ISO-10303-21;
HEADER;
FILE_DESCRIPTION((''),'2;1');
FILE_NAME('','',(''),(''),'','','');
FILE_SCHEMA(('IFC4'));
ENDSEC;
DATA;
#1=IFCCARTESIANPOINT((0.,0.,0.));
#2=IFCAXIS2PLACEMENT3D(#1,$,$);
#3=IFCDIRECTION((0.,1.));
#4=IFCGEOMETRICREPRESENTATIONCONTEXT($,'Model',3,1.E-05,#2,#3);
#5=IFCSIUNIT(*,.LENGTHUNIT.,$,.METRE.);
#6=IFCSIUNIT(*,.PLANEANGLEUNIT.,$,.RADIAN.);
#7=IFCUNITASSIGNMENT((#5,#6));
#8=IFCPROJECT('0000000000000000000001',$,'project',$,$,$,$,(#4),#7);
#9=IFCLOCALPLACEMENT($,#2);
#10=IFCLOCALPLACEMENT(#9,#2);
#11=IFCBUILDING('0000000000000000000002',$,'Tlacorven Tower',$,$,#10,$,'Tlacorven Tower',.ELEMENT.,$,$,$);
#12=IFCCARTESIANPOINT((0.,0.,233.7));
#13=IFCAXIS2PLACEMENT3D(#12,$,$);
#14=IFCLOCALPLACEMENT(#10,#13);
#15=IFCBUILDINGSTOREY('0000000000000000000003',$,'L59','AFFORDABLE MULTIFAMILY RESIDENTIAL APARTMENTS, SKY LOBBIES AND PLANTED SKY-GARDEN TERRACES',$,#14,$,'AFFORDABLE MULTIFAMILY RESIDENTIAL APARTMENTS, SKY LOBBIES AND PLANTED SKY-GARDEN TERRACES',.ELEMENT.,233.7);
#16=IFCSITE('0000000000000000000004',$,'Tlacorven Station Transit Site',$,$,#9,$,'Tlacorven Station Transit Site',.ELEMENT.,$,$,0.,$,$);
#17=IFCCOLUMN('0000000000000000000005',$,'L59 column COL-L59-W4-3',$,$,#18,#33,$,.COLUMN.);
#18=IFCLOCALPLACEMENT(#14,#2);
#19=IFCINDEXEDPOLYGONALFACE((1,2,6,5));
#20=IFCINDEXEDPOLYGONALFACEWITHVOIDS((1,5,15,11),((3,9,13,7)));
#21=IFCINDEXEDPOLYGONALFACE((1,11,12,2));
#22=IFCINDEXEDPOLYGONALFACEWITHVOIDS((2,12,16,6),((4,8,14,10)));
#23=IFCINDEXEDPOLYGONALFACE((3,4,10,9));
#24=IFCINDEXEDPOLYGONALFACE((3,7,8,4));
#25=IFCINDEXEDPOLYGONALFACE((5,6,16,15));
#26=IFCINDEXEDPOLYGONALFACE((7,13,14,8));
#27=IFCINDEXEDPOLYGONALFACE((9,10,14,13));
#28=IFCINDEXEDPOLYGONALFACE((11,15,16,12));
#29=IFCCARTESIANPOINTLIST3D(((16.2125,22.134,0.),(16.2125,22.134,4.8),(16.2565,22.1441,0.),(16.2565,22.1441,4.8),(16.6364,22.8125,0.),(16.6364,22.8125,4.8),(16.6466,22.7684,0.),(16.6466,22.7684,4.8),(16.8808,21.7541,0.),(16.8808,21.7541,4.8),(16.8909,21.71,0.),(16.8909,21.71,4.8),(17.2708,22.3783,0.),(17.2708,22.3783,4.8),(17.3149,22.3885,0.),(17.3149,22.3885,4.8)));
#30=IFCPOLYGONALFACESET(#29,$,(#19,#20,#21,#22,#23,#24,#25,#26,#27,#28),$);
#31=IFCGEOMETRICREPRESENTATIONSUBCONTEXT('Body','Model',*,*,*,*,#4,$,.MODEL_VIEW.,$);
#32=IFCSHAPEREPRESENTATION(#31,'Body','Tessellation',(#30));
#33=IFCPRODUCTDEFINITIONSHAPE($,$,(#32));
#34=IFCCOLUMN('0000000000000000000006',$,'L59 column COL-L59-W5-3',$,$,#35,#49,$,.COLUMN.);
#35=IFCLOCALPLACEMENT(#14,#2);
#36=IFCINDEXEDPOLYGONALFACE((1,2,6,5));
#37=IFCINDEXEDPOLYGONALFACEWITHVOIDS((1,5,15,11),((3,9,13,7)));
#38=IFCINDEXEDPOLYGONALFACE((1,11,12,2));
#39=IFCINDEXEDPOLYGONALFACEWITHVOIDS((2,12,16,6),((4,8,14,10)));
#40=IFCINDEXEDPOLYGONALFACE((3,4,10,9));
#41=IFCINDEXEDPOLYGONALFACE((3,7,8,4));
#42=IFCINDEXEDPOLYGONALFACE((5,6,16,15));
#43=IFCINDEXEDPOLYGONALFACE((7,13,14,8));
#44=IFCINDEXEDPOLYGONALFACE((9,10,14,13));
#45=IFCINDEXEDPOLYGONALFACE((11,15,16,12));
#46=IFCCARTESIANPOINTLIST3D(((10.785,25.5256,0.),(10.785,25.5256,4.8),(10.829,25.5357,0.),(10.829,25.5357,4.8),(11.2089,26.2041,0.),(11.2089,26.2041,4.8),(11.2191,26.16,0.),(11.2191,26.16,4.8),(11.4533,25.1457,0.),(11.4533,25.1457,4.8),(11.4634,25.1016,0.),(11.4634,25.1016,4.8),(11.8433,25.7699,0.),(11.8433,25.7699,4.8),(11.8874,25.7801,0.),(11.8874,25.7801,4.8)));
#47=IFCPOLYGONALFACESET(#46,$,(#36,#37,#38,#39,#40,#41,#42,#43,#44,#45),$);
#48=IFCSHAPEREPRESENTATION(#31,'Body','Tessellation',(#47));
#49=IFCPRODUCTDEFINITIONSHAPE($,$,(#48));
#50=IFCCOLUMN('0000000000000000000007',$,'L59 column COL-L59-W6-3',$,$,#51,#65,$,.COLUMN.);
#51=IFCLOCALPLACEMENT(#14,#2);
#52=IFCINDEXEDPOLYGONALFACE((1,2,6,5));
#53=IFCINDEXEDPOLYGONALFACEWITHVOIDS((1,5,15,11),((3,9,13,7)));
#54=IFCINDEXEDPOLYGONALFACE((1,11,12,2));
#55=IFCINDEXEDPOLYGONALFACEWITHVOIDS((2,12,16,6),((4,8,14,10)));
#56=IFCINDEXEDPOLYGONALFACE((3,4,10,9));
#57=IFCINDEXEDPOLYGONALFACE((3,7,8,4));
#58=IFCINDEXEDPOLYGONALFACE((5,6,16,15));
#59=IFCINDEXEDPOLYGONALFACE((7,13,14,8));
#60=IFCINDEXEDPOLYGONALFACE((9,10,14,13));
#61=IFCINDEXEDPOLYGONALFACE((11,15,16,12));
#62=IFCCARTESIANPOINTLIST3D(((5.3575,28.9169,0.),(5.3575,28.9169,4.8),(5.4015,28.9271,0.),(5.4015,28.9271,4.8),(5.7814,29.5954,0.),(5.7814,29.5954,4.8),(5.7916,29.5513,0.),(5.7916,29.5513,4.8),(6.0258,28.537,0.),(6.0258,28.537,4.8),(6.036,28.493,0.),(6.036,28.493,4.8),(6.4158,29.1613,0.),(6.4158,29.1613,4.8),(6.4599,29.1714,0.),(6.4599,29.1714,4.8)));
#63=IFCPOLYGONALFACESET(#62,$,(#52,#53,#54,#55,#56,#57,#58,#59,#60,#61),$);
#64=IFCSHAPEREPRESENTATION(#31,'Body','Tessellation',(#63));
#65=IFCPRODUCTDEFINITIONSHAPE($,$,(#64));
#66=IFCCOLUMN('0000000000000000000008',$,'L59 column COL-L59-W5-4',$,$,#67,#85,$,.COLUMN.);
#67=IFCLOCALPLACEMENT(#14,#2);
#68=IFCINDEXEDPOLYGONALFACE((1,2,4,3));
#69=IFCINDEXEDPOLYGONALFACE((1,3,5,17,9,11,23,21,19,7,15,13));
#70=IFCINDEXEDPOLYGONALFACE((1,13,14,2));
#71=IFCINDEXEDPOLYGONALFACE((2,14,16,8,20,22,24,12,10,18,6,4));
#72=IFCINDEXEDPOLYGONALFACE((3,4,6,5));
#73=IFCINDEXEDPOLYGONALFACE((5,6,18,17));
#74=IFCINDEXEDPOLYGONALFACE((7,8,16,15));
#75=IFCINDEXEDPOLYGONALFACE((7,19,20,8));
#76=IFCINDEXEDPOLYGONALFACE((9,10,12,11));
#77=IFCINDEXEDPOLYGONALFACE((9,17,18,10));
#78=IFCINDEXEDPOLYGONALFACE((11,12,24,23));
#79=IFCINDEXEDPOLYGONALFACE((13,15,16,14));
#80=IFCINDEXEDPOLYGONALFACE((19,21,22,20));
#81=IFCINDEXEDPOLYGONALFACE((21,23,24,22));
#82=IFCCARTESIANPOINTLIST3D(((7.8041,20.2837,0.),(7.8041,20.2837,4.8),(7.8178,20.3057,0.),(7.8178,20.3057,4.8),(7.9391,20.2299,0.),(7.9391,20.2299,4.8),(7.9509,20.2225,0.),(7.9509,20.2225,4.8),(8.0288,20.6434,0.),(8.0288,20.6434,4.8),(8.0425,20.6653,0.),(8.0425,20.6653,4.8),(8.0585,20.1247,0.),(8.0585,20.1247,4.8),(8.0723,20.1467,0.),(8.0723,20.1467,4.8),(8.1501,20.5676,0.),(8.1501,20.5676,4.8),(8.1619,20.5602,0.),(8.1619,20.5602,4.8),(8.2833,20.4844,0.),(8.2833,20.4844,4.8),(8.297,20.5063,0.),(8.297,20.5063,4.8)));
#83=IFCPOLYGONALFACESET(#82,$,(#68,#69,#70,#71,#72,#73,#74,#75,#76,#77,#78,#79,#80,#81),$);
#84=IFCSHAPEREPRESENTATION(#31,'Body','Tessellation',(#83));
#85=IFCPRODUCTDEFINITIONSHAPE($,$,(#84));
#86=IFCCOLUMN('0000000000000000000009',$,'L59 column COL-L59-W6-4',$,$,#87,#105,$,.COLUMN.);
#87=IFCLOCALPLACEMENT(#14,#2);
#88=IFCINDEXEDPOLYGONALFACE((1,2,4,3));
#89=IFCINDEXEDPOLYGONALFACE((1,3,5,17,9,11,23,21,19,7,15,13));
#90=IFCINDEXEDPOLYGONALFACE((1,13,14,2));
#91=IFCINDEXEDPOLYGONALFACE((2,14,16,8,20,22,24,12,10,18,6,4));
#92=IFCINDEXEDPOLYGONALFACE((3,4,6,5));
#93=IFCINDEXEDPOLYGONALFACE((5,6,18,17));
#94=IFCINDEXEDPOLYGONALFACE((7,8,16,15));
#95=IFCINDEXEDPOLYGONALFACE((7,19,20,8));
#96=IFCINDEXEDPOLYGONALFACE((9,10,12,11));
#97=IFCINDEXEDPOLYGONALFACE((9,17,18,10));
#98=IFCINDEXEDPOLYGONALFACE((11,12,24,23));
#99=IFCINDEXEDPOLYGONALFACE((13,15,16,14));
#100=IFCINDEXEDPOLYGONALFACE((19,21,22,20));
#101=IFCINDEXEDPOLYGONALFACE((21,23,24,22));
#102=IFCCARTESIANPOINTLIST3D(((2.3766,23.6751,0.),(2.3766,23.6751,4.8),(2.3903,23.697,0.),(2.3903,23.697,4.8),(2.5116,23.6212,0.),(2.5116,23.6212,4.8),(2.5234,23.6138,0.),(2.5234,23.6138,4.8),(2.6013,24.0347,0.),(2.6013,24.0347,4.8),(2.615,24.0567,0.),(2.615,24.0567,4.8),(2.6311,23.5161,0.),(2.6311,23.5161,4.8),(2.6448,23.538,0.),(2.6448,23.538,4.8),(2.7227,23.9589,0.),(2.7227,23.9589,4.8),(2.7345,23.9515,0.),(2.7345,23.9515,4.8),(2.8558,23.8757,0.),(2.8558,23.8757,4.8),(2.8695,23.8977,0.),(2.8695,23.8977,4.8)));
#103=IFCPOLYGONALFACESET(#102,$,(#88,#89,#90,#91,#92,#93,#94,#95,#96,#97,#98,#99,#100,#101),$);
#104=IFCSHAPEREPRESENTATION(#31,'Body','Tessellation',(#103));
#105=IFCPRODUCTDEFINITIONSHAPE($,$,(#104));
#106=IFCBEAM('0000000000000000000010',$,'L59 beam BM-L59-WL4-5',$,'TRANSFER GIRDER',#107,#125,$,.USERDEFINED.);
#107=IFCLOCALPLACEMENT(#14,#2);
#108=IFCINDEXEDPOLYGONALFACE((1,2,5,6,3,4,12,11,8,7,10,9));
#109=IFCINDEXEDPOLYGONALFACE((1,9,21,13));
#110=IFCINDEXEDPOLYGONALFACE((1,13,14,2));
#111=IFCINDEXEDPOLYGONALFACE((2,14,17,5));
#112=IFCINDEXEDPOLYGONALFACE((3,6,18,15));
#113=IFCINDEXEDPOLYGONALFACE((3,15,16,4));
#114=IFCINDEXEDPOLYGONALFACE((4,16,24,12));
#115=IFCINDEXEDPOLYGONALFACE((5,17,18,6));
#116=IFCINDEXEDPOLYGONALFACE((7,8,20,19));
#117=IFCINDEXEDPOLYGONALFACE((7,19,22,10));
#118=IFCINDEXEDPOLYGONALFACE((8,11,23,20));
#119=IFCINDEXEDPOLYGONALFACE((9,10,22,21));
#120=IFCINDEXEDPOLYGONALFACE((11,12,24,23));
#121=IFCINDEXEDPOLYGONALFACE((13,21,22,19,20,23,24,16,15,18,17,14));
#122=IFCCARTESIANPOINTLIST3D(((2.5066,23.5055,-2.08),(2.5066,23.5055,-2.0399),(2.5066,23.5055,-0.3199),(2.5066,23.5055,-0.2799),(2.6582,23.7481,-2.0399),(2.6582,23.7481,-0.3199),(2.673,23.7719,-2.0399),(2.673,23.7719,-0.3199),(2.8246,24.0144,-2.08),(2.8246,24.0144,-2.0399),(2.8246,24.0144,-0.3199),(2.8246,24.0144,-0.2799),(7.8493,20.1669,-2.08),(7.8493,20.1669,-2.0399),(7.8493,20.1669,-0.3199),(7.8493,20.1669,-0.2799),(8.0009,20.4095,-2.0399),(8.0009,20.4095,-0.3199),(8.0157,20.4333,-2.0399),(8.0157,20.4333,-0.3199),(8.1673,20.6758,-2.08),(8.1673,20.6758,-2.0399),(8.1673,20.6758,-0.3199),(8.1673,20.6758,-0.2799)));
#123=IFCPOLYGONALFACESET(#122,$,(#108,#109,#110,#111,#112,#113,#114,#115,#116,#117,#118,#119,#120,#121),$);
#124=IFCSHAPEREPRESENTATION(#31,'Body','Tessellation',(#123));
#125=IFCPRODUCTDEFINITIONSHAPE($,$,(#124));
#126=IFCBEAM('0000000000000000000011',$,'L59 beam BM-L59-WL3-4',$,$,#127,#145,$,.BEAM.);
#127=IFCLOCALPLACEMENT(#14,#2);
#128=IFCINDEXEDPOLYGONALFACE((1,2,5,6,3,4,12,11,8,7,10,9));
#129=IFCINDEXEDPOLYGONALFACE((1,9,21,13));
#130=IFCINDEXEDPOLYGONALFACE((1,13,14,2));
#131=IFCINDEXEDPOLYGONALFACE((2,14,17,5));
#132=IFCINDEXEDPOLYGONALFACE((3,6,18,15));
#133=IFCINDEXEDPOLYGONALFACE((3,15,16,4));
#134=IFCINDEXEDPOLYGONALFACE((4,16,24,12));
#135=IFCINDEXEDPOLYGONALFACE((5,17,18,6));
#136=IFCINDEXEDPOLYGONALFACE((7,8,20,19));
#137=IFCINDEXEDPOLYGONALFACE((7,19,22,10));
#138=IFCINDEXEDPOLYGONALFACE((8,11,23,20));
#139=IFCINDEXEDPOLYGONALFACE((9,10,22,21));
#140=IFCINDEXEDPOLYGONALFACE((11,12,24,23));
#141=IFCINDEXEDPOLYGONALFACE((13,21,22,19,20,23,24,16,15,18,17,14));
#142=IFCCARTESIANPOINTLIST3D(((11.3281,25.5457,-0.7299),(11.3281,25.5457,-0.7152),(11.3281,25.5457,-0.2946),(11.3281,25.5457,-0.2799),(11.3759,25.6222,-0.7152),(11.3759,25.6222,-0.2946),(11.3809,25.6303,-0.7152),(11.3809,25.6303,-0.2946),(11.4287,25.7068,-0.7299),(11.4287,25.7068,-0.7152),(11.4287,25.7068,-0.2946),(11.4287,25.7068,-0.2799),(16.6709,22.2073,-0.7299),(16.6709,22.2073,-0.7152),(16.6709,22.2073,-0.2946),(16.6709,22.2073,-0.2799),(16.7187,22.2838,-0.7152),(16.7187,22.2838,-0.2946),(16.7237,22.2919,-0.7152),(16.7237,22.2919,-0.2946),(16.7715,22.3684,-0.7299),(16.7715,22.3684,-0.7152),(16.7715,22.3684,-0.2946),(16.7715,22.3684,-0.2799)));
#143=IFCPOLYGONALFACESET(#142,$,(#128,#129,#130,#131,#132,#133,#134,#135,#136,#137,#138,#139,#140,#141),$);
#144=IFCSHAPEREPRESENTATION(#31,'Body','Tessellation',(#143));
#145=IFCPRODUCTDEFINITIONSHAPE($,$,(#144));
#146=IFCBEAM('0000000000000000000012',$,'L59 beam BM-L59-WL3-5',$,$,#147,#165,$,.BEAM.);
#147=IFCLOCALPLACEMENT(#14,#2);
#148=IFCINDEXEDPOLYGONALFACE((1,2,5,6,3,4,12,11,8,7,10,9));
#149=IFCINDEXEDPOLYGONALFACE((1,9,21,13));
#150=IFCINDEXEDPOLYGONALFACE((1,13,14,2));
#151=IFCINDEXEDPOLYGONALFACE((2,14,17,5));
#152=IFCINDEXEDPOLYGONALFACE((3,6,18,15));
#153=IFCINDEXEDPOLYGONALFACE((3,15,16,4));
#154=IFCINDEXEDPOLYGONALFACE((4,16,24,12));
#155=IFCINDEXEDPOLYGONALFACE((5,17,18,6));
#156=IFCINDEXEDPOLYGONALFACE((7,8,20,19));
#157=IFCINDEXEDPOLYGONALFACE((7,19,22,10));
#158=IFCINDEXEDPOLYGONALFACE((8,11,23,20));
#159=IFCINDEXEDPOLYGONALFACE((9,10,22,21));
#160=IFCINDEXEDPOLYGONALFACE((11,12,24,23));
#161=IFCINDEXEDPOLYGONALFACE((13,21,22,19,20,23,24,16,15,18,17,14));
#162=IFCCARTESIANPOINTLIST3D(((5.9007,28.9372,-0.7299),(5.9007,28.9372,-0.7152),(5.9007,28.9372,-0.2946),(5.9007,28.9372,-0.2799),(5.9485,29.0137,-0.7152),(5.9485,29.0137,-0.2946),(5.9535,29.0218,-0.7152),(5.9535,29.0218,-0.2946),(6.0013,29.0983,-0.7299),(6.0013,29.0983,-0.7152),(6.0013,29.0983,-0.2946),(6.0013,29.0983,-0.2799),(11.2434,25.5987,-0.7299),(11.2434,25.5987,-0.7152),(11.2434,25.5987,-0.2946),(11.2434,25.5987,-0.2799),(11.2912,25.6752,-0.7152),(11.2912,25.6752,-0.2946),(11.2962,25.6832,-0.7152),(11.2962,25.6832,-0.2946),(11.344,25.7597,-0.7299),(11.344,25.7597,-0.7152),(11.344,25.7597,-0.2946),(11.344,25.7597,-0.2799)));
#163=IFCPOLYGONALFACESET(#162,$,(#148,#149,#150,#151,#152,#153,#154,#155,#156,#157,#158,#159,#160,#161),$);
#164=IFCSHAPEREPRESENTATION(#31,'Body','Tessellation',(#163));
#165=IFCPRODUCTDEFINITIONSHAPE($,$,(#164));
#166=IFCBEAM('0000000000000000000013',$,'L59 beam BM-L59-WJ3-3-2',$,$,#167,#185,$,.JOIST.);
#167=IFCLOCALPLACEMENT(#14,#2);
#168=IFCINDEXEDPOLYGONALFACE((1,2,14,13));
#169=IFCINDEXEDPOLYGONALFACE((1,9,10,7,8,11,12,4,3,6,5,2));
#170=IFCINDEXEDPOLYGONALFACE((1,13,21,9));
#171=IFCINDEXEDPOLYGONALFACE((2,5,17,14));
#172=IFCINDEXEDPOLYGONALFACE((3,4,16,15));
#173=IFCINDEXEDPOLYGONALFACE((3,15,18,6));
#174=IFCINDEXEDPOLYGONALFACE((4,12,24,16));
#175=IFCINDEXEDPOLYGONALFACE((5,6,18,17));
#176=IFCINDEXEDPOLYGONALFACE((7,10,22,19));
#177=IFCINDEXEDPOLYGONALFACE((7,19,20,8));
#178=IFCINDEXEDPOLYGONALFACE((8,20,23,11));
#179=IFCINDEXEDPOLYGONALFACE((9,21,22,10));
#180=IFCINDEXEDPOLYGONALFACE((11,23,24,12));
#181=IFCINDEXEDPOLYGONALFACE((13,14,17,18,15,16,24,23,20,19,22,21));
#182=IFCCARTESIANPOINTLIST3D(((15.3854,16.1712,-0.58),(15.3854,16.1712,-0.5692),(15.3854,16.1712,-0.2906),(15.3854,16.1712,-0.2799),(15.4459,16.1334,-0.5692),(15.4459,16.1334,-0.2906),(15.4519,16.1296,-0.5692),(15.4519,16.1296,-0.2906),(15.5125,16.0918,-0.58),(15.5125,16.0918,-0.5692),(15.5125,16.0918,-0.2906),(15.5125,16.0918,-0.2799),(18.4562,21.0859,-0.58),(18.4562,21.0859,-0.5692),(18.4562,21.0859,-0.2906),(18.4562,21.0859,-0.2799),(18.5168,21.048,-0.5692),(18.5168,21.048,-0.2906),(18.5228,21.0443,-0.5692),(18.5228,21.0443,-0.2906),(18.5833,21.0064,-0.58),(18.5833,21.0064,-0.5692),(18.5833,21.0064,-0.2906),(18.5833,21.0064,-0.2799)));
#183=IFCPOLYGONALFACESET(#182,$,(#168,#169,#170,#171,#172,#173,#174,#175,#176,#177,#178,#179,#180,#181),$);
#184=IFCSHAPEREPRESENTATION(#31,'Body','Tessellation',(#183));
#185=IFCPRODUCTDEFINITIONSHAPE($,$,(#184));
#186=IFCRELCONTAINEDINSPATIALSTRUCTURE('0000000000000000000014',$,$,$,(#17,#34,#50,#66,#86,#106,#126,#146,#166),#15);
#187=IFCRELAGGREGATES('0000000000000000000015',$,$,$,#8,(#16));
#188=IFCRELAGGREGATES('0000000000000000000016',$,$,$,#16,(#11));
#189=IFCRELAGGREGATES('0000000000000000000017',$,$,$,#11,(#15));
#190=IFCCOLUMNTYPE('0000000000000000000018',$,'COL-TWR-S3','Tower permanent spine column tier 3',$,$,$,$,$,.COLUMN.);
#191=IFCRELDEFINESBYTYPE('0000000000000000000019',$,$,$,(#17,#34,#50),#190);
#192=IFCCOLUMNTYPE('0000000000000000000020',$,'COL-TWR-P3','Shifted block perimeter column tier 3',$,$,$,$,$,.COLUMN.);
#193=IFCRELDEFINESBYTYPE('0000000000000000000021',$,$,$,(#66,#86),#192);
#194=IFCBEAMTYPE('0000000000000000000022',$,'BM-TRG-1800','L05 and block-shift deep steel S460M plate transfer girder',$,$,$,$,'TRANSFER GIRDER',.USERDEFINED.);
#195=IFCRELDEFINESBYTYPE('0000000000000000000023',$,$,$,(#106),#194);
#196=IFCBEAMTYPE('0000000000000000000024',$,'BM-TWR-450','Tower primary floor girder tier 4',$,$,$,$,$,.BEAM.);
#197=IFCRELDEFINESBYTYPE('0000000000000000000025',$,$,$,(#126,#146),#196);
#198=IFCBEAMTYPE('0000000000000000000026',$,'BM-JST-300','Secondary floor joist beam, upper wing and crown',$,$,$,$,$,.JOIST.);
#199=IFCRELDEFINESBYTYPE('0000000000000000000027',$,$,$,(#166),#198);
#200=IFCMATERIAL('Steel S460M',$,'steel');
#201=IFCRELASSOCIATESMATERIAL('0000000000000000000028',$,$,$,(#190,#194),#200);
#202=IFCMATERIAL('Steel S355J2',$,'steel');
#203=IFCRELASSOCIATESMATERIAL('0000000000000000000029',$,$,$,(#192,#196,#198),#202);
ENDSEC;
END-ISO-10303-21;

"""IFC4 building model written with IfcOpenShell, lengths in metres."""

from ifc_helpers import new_model, si_unit, direction, frame, origin, origin_2d, place, context, subcontext, project, spatial, hollow_rectangle, i_section, extrude, source, transform, mapped, material, material_profile, profile_set, type_object, element, save


model = new_model("IFC4")

# Units and contexts
model_context = context("Model", 3, precision=1e-05, world=origin(), true_north=direction((0.0, 1.0)))
body_context = subcontext(model_context, "Body", "Model", "MODEL_VIEW")
ifc_project = project(units=[si_unit("LENGTHUNIT", "METRE"), si_unit("PLANEANGLEUNIT", "RADIAN")], contexts=[model_context])

# Site, building, storey
site_placement = place(None, origin())
site = spatial("IfcSite", under=ifc_project, at=site_placement, Name="Tlacorven Station Transit Site", LongName="Tlacorven Station Transit Site", CompositionType="ELEMENT", RefElevation=0.0)
building_placement = place(site_placement, origin())
building = spatial("IfcBuilding", under=site, at=building_placement, Name="Tlacorven Tower", LongName="Tlacorven Tower", CompositionType="ELEMENT")
storey_placement = place(building_placement, frame((0.0, 0.0, 233.7)))
storey = spatial("IfcBuildingStorey", under=building, at=storey_placement, Name="L59", Description="AFFORDABLE MULTIFAMILY RESIDENTIAL APARTMENTS, SKY LOBBIES AND PLANTED SKY-GARDEN TERRACES", LongName="AFFORDABLE MULTIFAMILY RESIDENTIAL APARTMENTS, SKY LOBBIES AND PLANTED SKY-GARDEN TERRACES", CompositionType="ELEMENT", Elevation=233.7)

# Columns
ifc_material_1 = material(Name="Steel S460M", Category="steel")
ifc_material_profile_1 = material_profile(ifc_material_1, hollow_rectangle(XDim=0.8, YDim=0.8, WallThickness=0.032, at=origin_2d()), Name="BOX 800X800X32")
ifc_profile_set_1 = profile_set([ifc_material_profile_1], Name="Steel S460M")
column_type_1 = type_object("IfcColumnType", Name="COL-TWR-S3", Description="Tower permanent spine column tier 3", PredefinedType="COLUMN", material=ifc_profile_set_1)
shared_shape_1 = source(origin(), body_context, "Body", "SweptSolid", [
    extrude(hollow_rectangle(XDim=0.8, YDim=0.8, WallThickness=0.032, at=origin_2d()), origin(), (0.0, 0.0, 1.0), 4.8),
])
for number, where, z_axis, x_axis, name in (
    (1, (16.7637, 22.2612, 0.0), (0.0, 0.0, 1.0), (-0.848048, 0.529919, 0.0), "L59 column COL-L59-W4-3"),
    (2, (11.3362, 25.6528, 0.0), (0.0, 0.0, 1.0), (-0.848048, 0.529919, 0.0), "L59 column COL-L59-W5-3"),
    (3, (5.9087, 29.0442, 0.0), (0.0, 0.0, 1.0), (-0.848048, 0.529919, 0.0), "L59 column COL-L59-W6-3"),
):
    element("IfcColumn", number, at=place(storey_placement, frame(where, z_axis=z_axis, x_axis=x_axis)), inside=storey, type_object=column_type_1, Name=name, PredefinedType="COLUMN", context=body_context, shape_type="MappedRepresentation", body=[
        mapped(shared_shape_1, transform((0.0, 0.0, 0.0), scale=1.0)),
    ])
ifc_material_2 = material(Name="Steel S355J2", Category="steel")
ifc_material_profile_2 = material_profile(ifc_material_2, i_section(OverallWidth=0.3, OverallDepth=0.45, WebThickness=0.0139, FlangeThickness=0.0259, at=origin_2d()), Name="HEB 450")
ifc_profile_set_2 = profile_set([ifc_material_profile_2], Name="Steel S355J2")
column_type_2 = type_object("IfcColumnType", Name="COL-TWR-P3", Description="Shifted block perimeter column tier 3", PredefinedType="COLUMN", material=ifc_profile_set_2)
shared_shape_2 = source(origin(), body_context, "Body", "SweptSolid", [
    extrude(i_section(OverallWidth=0.3, OverallDepth=0.45, WebThickness=0.0139, FlangeThickness=0.0259, at=origin_2d()), origin(), (0.0, 0.0, 1.0), 4.8),
])
for number, where, z_axis, x_axis, name in (
    (4, (8.0505, 20.395, 0.0), (0.0, 0.0, 1.0), (-0.848048, 0.529919, 0.0), "L59 column COL-L59-W5-4"),
    (5, (2.623, 23.7864, 0.0), (0.0, 0.0, 1.0), (-0.848048, 0.529919, 0.0), "L59 column COL-L59-W6-4"),
):
    element("IfcColumn", number, at=place(storey_placement, frame(where, z_axis=z_axis, x_axis=x_axis)), inside=storey, type_object=column_type_2, Name=name, PredefinedType="COLUMN", context=body_context, shape_type="MappedRepresentation", body=[
        mapped(shared_shape_2, transform((0.0, 0.0, 0.0), scale=1.0)),
    ])

# Beams
ifc_material_profile_3 = material_profile(ifc_material_1, i_section(OverallWidth=0.6001, OverallDepth=1.8, WebThickness=0.0281, FlangeThickness=0.04, at=origin_2d()), Name="PG 1800X600X28X40")
ifc_profile_set_3 = profile_set([ifc_material_profile_3], Name="Steel S460M")
beam_type_1 = type_object("IfcBeamType", Name="BM-TRG-1800", Description="L05 and block-shift deep steel S460M plate transfer girder", ElementType="TRANSFER GIRDER", PredefinedType="USERDEFINED", material=ifc_profile_set_3)
shared_shape_3 = source(origin(), body_context, "Body", "SweptSolid", [
    extrude(i_section(OverallWidth=0.6001, OverallDepth=1.8, WebThickness=0.0281, FlangeThickness=0.04, at=origin_2d()), origin(), (0.0, 0.0, 1.0), 6.3),
])
beam_1_placement = place(storey_placement, frame((8.0083, 20.4214, -1.1799), z_axis=(-0.848042, 0.529929, 0.0), x_axis=(-0.529929, -0.848042, 0.0)))
element("IfcBeam", 6, at=beam_1_placement, inside=storey, type_object=beam_type_1, Name="L59 beam BM-L59-WL4-5", ObjectType="TRANSFER GIRDER", PredefinedType="USERDEFINED", context=body_context, shape_type="MappedRepresentation", body=[
    mapped(shared_shape_3, transform((0.0, 0.0, 0.0), scale=1.0)),
])
ifc_material_profile_4 = material_profile(ifc_material_2, i_section(OverallWidth=0.1899, OverallDepth=0.45, WebThickness=0.0095, FlangeThickness=0.0146, at=origin_2d()), Name="IPE 450")
ifc_profile_set_4 = profile_set([ifc_material_profile_4], Name="Steel S355J2")
beam_type_2 = type_object("IfcBeamType", Name="BM-TWR-450", Description="Tower primary floor girder tier 4", PredefinedType="BEAM", material=ifc_profile_set_4)
shared_shape_4 = source(origin(), body_context, "Body", "SweptSolid", [
    extrude(i_section(OverallWidth=0.1899, OverallDepth=0.45, WebThickness=0.0095, FlangeThickness=0.0146, at=origin_2d()), origin(), (0.0, 0.0, 1.0), 6.3),
])
for number, where, z_axis, x_axis, name in (
    (7, (16.7212, 22.2878, -0.5049), (-0.848059, 0.529901, 0.0), (-0.529901, -0.848059, 0.0), "L59 beam BM-L59-WL3-4"),
    (8, (11.2937, 25.6792, -0.5049), (-0.848042, 0.529929, 0.0), (-0.529929, -0.848042, 0.0), "L59 beam BM-L59-WL3-5"),
):
    element("IfcBeam", number, at=place(storey_placement, frame(where, z_axis=z_axis, x_axis=x_axis)), inside=storey, type_object=beam_type_2, Name=name, PredefinedType="BEAM", context=body_context, shape_type="MappedRepresentation", body=[
        mapped(shared_shape_4, transform((0.0, 0.0, 0.0), scale=1.0)),
    ])
ifc_material_profile_5 = material_profile(ifc_material_2, i_section(OverallWidth=0.1499, OverallDepth=0.3, WebThickness=0.0071, FlangeThickness=0.0107, at=origin_2d()), Name="IPE 300")
ifc_profile_set_5 = profile_set([ifc_material_profile_5], Name="Steel S355J2")
beam_type_3 = type_object("IfcBeamType", Name="BM-JST-300", Description="Secondary floor joist beam, upper wing and crown", PredefinedType="JOIST", material=ifc_profile_set_5)
shared_shape_5 = source(origin(), body_context, "Body", "SweptSolid", [
    extrude(i_section(OverallWidth=0.1499, OverallDepth=0.3, WebThickness=0.0071, FlangeThickness=0.0107, at=origin_2d()), origin(), (0.0, 0.0, 1.0), 5.7952),
])
for number, where, z_axis, x_axis, name in (
    (9, (18.5198, 21.0461, -0.4299), (-0.5299, -0.84806, 0.0), (0.84806, -0.5299, 0.0), "L59 beam BM-L59-WJ3-3-2"),
):
    element("IfcBeam", number, at=place(storey_placement, frame(where, z_axis=z_axis, x_axis=x_axis)), inside=storey, type_object=beam_type_3, Name=name, PredefinedType="JOIST", context=body_context, shape_type="MappedRepresentation", body=[
        mapped(shared_shape_5, transform((0.0, 0.0, 0.0), scale=1.0)),
    ])

save(model, "model.ifc")
